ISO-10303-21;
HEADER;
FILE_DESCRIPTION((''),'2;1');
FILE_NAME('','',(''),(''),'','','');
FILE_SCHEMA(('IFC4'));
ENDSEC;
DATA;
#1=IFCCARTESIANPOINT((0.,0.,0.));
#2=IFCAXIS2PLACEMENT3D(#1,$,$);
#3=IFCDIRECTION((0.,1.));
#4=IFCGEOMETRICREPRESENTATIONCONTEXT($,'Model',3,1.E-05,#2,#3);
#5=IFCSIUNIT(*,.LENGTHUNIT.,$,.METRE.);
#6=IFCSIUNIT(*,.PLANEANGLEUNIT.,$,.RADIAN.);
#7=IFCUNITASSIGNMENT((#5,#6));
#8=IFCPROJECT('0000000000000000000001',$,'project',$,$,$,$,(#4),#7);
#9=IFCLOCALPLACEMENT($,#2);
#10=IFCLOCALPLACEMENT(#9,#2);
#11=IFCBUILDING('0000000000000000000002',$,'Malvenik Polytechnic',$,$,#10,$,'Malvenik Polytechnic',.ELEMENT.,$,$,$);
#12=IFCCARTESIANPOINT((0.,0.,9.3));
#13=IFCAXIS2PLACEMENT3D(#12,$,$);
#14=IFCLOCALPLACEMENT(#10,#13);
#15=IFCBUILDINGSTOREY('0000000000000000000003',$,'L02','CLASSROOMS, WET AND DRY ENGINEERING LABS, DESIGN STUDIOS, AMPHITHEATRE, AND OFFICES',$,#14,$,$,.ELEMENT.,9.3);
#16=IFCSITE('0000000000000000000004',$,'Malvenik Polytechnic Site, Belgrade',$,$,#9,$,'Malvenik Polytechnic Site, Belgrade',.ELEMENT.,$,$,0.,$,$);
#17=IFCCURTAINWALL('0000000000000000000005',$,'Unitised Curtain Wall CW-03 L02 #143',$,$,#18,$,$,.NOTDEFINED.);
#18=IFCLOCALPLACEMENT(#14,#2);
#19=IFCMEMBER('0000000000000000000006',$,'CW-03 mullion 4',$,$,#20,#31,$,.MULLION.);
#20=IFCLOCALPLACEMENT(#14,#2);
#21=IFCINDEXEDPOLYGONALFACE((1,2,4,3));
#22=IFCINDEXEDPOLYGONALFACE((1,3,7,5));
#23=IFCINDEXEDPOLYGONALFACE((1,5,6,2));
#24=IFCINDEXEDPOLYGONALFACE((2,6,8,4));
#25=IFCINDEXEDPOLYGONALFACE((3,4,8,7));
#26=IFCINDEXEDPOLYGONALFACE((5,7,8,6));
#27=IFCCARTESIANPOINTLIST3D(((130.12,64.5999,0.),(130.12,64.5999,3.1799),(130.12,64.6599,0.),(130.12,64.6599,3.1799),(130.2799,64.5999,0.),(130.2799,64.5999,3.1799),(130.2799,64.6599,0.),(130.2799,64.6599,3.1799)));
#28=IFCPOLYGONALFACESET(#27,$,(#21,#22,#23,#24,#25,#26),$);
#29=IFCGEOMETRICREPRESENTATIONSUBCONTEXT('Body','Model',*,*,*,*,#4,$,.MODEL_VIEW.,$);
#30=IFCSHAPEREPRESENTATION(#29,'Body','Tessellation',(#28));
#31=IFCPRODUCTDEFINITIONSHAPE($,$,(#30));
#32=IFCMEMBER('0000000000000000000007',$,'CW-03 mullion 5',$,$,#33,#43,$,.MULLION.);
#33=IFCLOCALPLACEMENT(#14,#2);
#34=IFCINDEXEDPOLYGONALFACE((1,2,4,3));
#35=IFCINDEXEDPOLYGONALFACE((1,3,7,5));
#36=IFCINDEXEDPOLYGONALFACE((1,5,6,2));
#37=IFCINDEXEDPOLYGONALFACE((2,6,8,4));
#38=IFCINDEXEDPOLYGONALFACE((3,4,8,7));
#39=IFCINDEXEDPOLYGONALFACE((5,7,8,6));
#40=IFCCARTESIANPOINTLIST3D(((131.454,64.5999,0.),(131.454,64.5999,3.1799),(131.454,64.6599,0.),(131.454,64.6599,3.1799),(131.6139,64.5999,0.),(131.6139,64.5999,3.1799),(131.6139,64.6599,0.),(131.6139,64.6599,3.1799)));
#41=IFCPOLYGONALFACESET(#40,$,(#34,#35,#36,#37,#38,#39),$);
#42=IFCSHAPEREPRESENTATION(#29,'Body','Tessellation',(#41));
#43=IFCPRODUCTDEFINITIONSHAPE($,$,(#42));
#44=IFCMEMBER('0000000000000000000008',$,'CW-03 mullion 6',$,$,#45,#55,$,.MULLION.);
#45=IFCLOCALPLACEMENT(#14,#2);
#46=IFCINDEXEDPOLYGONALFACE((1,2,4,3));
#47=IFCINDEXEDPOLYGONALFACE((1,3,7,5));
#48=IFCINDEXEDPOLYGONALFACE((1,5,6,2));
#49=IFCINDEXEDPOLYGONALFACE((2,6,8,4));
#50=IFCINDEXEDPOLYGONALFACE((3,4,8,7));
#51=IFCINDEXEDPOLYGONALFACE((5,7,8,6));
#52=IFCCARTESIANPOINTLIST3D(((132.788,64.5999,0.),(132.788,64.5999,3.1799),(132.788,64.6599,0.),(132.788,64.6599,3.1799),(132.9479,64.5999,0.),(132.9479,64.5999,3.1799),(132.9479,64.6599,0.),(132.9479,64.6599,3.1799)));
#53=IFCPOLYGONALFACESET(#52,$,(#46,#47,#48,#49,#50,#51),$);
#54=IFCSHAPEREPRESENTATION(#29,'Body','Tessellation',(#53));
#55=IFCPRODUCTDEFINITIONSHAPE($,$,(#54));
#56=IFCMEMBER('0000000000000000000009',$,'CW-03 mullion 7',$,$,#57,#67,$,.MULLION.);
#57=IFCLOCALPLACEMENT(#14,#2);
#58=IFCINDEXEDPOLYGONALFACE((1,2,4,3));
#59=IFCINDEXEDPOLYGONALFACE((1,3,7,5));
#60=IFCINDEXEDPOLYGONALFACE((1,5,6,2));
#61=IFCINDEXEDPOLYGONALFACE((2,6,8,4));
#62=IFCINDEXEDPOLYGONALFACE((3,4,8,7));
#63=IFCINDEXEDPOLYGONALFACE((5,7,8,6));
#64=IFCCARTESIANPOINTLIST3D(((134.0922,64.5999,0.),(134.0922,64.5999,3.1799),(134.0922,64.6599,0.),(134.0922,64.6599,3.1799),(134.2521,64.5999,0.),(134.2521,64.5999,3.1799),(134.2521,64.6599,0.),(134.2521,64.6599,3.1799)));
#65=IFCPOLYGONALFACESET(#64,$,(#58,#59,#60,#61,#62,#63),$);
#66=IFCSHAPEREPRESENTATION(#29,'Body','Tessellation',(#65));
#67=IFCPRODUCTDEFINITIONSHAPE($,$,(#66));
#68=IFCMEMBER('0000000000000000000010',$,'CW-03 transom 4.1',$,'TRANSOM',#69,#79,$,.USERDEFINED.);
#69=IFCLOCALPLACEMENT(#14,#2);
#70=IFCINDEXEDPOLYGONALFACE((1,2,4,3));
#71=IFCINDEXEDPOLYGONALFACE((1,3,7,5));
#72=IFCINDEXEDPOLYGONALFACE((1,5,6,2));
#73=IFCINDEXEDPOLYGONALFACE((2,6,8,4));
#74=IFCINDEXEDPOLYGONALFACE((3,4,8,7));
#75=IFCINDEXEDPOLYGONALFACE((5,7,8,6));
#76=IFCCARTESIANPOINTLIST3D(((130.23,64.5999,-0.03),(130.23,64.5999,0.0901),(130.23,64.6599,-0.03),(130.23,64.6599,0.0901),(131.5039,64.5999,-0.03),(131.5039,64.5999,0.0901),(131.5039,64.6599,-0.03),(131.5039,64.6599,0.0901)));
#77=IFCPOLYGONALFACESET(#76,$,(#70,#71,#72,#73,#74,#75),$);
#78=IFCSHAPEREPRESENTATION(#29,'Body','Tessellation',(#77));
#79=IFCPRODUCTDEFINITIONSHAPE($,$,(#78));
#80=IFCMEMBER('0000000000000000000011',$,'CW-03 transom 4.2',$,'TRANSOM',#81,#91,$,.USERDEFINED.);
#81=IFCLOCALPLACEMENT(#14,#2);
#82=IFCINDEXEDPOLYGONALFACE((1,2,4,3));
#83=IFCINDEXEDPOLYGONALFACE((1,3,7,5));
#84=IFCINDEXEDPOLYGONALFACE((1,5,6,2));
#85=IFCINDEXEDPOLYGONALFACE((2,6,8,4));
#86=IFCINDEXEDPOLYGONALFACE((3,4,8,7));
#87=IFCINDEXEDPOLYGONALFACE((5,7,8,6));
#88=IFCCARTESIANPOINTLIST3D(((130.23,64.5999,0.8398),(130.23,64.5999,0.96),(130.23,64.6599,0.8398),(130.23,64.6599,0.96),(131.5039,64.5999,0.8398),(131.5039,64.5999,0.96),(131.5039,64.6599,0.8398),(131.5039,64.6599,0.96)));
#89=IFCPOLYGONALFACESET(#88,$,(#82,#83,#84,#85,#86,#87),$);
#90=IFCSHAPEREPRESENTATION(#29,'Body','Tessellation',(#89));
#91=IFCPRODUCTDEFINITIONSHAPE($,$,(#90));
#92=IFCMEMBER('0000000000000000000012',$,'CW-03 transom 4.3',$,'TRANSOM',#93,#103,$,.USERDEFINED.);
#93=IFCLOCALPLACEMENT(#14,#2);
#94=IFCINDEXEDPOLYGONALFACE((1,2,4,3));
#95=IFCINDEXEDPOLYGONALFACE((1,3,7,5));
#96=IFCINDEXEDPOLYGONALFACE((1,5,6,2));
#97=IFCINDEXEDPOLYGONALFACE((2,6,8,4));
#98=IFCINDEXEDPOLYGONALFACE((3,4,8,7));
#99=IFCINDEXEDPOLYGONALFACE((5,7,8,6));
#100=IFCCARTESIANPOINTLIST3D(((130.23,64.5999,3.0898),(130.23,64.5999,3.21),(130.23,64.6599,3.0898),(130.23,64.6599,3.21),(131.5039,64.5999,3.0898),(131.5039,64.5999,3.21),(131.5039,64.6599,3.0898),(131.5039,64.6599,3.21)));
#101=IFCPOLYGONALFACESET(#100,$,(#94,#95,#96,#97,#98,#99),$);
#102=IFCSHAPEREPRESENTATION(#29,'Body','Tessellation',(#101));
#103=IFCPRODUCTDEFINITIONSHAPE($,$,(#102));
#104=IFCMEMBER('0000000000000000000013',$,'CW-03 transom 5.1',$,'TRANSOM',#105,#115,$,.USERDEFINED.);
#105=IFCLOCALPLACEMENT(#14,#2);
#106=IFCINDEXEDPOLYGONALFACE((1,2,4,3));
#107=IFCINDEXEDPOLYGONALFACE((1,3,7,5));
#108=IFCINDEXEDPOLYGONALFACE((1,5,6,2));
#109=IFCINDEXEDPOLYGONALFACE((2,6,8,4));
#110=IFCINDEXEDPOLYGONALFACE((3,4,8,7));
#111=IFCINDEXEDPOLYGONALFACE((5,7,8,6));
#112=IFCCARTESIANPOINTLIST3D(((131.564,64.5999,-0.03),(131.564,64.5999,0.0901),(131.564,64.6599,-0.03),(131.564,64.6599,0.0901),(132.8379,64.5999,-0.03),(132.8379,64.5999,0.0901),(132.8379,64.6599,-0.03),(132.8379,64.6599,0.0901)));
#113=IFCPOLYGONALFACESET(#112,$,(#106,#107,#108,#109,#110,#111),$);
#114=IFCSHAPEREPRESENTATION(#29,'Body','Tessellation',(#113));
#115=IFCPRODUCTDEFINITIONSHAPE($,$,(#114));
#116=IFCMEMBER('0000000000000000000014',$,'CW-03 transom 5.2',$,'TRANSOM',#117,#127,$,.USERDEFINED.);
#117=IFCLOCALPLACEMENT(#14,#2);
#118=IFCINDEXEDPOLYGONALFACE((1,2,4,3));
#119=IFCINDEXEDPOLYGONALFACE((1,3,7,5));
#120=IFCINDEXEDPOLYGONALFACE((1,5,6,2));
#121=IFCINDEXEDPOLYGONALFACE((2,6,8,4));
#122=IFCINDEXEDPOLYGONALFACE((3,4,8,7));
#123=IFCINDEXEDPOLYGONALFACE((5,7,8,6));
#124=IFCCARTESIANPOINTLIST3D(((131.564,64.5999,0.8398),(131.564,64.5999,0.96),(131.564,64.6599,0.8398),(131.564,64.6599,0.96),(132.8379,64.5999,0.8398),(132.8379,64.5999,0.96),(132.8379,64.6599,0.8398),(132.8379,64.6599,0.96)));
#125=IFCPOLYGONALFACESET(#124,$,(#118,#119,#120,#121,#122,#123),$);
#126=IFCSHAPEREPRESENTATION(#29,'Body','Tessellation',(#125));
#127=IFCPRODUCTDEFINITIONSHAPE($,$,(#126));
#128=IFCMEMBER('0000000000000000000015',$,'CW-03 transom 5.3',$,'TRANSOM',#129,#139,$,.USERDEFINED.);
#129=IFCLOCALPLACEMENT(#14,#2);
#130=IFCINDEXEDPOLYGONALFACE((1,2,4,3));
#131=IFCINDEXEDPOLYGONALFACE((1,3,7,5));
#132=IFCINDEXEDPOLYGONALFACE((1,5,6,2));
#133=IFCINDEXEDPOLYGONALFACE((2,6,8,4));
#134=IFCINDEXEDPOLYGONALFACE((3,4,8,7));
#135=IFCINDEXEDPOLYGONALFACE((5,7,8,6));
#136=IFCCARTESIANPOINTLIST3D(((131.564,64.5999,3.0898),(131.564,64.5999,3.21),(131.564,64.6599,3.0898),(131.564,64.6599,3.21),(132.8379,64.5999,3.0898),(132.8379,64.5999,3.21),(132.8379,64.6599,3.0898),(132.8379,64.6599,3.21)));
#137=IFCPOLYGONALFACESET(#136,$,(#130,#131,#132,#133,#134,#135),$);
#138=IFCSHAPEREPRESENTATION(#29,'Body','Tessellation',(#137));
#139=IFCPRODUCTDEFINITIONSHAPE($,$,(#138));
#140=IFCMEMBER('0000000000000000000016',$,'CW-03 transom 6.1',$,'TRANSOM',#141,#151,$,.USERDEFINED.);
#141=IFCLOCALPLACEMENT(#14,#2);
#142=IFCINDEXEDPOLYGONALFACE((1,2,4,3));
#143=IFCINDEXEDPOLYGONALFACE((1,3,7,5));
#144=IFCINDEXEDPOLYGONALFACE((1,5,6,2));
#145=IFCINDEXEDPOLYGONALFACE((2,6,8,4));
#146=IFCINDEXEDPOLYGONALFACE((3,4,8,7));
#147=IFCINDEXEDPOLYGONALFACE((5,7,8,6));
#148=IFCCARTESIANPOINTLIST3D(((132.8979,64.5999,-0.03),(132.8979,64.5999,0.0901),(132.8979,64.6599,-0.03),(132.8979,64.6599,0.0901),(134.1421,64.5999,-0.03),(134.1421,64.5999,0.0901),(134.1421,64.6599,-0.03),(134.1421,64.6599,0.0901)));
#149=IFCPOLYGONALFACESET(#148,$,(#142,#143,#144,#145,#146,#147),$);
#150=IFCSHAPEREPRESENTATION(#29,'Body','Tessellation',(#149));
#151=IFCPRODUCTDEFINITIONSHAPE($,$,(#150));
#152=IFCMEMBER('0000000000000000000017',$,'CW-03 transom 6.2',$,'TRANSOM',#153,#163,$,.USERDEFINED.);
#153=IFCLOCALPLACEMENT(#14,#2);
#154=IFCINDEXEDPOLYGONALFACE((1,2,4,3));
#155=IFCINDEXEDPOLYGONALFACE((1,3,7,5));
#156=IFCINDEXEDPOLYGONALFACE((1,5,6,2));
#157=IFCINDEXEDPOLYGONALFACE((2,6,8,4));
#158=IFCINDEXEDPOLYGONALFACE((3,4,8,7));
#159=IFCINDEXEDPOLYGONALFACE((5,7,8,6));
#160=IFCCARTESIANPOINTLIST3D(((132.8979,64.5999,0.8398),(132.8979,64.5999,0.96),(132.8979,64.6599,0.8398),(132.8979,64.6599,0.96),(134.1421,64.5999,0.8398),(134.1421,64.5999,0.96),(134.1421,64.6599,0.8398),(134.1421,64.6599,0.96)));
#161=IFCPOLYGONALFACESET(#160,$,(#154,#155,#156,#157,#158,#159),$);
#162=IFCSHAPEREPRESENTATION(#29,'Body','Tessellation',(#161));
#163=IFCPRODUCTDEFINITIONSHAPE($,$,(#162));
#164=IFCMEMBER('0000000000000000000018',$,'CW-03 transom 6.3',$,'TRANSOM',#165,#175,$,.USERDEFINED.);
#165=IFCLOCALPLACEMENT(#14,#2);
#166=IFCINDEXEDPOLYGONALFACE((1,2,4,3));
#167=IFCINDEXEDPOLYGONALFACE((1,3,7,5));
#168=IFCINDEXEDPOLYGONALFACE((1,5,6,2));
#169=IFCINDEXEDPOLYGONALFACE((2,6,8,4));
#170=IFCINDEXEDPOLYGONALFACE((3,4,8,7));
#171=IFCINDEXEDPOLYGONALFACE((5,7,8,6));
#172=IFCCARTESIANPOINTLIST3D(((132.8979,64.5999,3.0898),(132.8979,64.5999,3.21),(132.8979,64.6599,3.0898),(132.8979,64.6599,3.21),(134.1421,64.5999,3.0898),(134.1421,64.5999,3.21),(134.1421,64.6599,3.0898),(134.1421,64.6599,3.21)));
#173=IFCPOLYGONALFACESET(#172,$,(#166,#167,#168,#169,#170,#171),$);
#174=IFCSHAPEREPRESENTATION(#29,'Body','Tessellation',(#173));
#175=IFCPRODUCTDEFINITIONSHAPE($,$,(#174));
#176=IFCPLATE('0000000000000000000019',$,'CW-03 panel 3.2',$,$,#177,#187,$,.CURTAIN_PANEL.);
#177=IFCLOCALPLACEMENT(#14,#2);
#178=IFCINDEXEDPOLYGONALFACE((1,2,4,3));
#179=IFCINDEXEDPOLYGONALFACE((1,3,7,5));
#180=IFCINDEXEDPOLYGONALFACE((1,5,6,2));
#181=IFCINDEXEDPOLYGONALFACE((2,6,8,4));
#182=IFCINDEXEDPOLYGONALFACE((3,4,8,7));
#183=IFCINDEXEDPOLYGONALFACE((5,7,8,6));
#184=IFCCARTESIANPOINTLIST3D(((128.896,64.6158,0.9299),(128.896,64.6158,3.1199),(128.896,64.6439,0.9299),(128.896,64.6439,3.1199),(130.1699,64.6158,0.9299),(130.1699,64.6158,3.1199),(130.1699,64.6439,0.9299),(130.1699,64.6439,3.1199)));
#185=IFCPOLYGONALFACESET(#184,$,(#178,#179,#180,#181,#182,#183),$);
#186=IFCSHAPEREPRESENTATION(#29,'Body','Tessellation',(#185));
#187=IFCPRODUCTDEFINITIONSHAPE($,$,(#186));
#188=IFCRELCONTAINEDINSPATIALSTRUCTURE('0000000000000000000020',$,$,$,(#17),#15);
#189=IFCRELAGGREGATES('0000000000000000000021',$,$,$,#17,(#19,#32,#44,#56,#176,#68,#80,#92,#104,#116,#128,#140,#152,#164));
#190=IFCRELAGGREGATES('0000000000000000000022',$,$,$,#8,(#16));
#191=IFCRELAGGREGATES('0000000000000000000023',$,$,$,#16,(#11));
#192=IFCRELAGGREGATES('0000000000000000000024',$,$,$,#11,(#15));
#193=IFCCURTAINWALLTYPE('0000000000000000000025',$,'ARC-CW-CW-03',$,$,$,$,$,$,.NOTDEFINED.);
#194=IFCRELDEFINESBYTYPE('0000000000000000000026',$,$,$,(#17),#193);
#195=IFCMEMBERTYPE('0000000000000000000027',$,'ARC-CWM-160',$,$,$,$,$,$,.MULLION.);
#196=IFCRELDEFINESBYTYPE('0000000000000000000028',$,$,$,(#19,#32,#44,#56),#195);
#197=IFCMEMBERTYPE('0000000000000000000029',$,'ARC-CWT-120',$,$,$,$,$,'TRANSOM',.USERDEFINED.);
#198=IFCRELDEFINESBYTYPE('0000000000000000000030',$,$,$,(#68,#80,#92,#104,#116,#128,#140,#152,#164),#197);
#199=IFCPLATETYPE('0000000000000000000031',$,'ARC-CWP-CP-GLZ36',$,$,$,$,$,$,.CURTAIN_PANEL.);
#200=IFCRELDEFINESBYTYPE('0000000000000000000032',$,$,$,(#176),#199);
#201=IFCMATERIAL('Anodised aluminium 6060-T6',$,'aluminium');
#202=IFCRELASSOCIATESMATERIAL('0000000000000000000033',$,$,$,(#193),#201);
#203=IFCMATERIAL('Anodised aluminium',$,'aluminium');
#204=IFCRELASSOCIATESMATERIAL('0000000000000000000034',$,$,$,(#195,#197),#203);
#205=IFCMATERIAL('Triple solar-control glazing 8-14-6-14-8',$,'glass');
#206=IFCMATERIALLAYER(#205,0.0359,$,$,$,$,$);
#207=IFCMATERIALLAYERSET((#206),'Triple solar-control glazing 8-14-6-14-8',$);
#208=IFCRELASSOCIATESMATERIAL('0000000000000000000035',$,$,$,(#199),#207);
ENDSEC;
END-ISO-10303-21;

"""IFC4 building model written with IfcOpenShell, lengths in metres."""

from ifc_helpers import new_model, si_unit, direction, frame, origin, origin_2d, place, context, subcontext, project, spatial, rectangle, extrude, material, layer, layer_set, material_profile, profile_set, type_object, element, aggregate, save


model = new_model("IFC4")

# Units and contexts
model_context = context("Model", 3, precision=1e-05, world=origin(), true_north=direction((0.0, 1.0)))
body_context = subcontext(model_context, "Body", "Model", "MODEL_VIEW")
ifc_project = project(units=[si_unit("LENGTHUNIT", "METRE"), si_unit("PLANEANGLEUNIT", "RADIAN")], contexts=[model_context])

# Site, building, storey
site_placement = place(None, origin())
site = spatial("IfcSite", under=ifc_project, at=site_placement, Name="Malvenik Polytechnic Site, Belgrade", LongName="Malvenik Polytechnic Site, Belgrade", CompositionType="ELEMENT", RefElevation=0.0)
building_placement = place(site_placement, origin())
building = spatial("IfcBuilding", under=site, at=building_placement, Name="Malvenik Polytechnic", LongName="Malvenik Polytechnic", CompositionType="ELEMENT")
storey_placement = place(building_placement, frame((0.0, 0.0, 9.3)))
storey = spatial("IfcBuildingStorey", under=building, at=storey_placement, Name="L02", Description="CLASSROOMS, WET AND DRY ENGINEERING LABS, DESIGN STUDIOS, AMPHITHEATRE, AND OFFICES", CompositionType="ELEMENT", Elevation=9.3)

# Curtain wall, members, plate
ifc_material_1 = material(Name="Anodised aluminium 6060-T6", Category="aluminium")
curtain_wall_type = type_object("IfcCurtainWallType", Name="ARC-CW-CW-03", PredefinedType="NOTDEFINED", material=ifc_material_1)
curtain_wall_placement = place(storey_placement, origin())
curtain_wall = element("IfcCurtainWall", 1, at=curtain_wall_placement, inside=storey, type_object=curtain_wall_type, Name="Unitised Curtain Wall CW-03 L02 #143", PredefinedType="NOTDEFINED")
ifc_material_2 = material(Name="Anodised aluminium", Category="aluminium")
ifc_material_profile_1 = material_profile(ifc_material_2, rectangle(XDim=0.0601, YDim=0.1599, at=origin_2d()), Name="ALU MULLION 60x160")
ifc_profile_set_1 = profile_set([ifc_material_profile_1], Name="Anodised aluminium")
member_type_1 = type_object("IfcMemberType", Name="ARC-CWM-160", PredefinedType="MULLION", material=ifc_profile_set_1)
member_1_placement = place(storey_placement, frame((130.2, 64.6299, 0.0), z_axis=(0.0, 0.0, 1.0), x_axis=(0.0, 1.0, 0.0)))
member_1 = element("IfcMember", 2, at=member_1_placement, type_object=member_type_1, Name="CW-03 mullion 4", PredefinedType="MULLION", context=body_context, shape_type="SweptSolid", body=[
    extrude(rectangle(XDim=0.0601, YDim=0.1599, at=origin_2d()), origin(), (0.0, 0.0, 1.0), 3.1799),
])
member_2_placement = place(storey_placement, frame((131.5339, 64.6299, 0.0), z_axis=(0.0, 0.0, 1.0), x_axis=(0.0, 1.0, 0.0)))
member_2 = element("IfcMember", 3, at=member_2_placement, type_object=member_type_1, Name="CW-03 mullion 5", PredefinedType="MULLION", context=body_context, shape_type="SweptSolid", body=[
    extrude(rectangle(XDim=0.0601, YDim=0.1599, at=origin_2d()), origin(), (0.0, 0.0, 1.0), 3.1799),
])
member_3_placement = place(storey_placement, frame((132.8679, 64.6299, 0.0), z_axis=(0.0, 0.0, 1.0), x_axis=(0.0, 1.0, 0.0)))
member_3 = element("IfcMember", 4, at=member_3_placement, type_object=member_type_1, Name="CW-03 mullion 6", PredefinedType="MULLION", context=body_context, shape_type="SweptSolid", body=[
    extrude(rectangle(XDim=0.0601, YDim=0.1599, at=origin_2d()), origin(), (0.0, 0.0, 1.0), 3.1799),
])
member_4_placement = place(storey_placement, frame((134.1721, 64.6299, 0.0), z_axis=(0.0, 0.0, 1.0), x_axis=(0.0, 1.0, 0.0)))
member_4 = element("IfcMember", 5, at=member_4_placement, type_object=member_type_1, Name="CW-03 mullion 7", PredefinedType="MULLION", context=body_context, shape_type="SweptSolid", body=[
    extrude(rectangle(XDim=0.0601, YDim=0.1599, at=origin_2d()), origin(), (0.0, 0.0, 1.0), 3.1799),
])
ifc_material_profile_2 = material_profile(ifc_material_2, rectangle(XDim=0.0601, YDim=0.1201, at=origin_2d()), Name="ALU TRANSOM 60x120")
ifc_profile_set_2 = profile_set([ifc_material_profile_2], Name="Anodised aluminium")
member_type_2 = type_object("IfcMemberType", Name="ARC-CWT-120", ElementType="TRANSOM", PredefinedType="USERDEFINED", material=ifc_profile_set_2)
member_5_placement = place(storey_placement, frame((130.23, 64.6299, 0.03), z_axis=(1.0, 0.0, 0.0), x_axis=(0.0, 1.0, 0.0)))
member_5 = element("IfcMember", 6, at=member_5_placement, type_object=member_type_2, Name="CW-03 transom 4.1", ObjectType="TRANSOM", PredefinedType="USERDEFINED", context=body_context, shape_type="SweptSolid", body=[
    extrude(rectangle(XDim=0.0601, YDim=0.1201, at=origin_2d()), origin(), (0.0, 0.0, 1.0), 1.2739),
])
member_6_placement = place(storey_placement, frame((130.23, 64.6299, 0.8999), z_axis=(1.0, 0.0, 0.0), x_axis=(0.0, 1.0, 0.0)))
member_6 = element("IfcMember", 7, at=member_6_placement, type_object=member_type_2, Name="CW-03 transom 4.2", ObjectType="TRANSOM", PredefinedType="USERDEFINED", context=body_context, shape_type="SweptSolid", body=[
    extrude(rectangle(XDim=0.0601, YDim=0.1201, at=origin_2d()), origin(), (0.0, 0.0, 1.0), 1.2739),
])
member_7_placement = place(storey_placement, frame((130.23, 64.6299, 3.1499), z_axis=(1.0, 0.0, 0.0), x_axis=(0.0, 1.0, 0.0)))
member_7 = element("IfcMember", 8, at=member_7_placement, type_object=member_type_2, Name="CW-03 transom 4.3", ObjectType="TRANSOM", PredefinedType="USERDEFINED", context=body_context, shape_type="SweptSolid", body=[
    extrude(rectangle(XDim=0.0601, YDim=0.1201, at=origin_2d()), origin(), (0.0, 0.0, 1.0), 1.2739),
])
member_8_placement = place(storey_placement, frame((131.564, 64.6299, 0.03), z_axis=(1.0, 0.0, 0.0), x_axis=(0.0, 1.0, 0.0)))
member_8 = element("IfcMember", 9, at=member_8_placement, type_object=member_type_2, Name="CW-03 transom 5.1", ObjectType="TRANSOM", PredefinedType="USERDEFINED", context=body_context, shape_type="SweptSolid", body=[
    extrude(rectangle(XDim=0.0601, YDim=0.1201, at=origin_2d()), origin(), (0.0, 0.0, 1.0), 1.2739),
])
member_9_placement = place(storey_placement, frame((131.564, 64.6299, 0.8999), z_axis=(1.0, 0.0, 0.0), x_axis=(0.0, 1.0, 0.0)))
member_9 = element("IfcMember", 10, at=member_9_placement, type_object=member_type_2, Name="CW-03 transom 5.2", ObjectType="TRANSOM", PredefinedType="USERDEFINED", context=body_context, shape_type="SweptSolid", body=[
    extrude(rectangle(XDim=0.0601, YDim=0.1201, at=origin_2d()), origin(), (0.0, 0.0, 1.0), 1.2739),
])
member_10_placement = place(storey_placement, frame((131.564, 64.6299, 3.1499), z_axis=(1.0, 0.0, 0.0), x_axis=(0.0, 1.0, 0.0)))
member_10 = element("IfcMember", 11, at=member_10_placement, type_object=member_type_2, Name="CW-03 transom 5.3", ObjectType="TRANSOM", PredefinedType="USERDEFINED", context=body_context, shape_type="SweptSolid", body=[
    extrude(rectangle(XDim=0.0601, YDim=0.1201, at=origin_2d()), origin(), (0.0, 0.0, 1.0), 1.2739),
])
member_11_placement = place(storey_placement, frame((132.8979, 64.6299, 0.03), z_axis=(1.0, 0.0, 0.0), x_axis=(0.0, 1.0, 0.0)))
member_11 = element("IfcMember", 12, at=member_11_placement, type_object=member_type_2, Name="CW-03 transom 6.1", ObjectType="TRANSOM", PredefinedType="USERDEFINED", context=body_context, shape_type="SweptSolid", body=[
    extrude(rectangle(XDim=0.0601, YDim=0.1201, at=origin_2d()), origin(), (0.0, 0.0, 1.0), 1.2441),
])
member_12_placement = place(storey_placement, frame((132.8979, 64.6299, 0.8999), z_axis=(1.0, 0.0, 0.0), x_axis=(0.0, 1.0, 0.0)))
member_12 = element("IfcMember", 13, at=member_12_placement, type_object=member_type_2, Name="CW-03 transom 6.2", ObjectType="TRANSOM", PredefinedType="USERDEFINED", context=body_context, shape_type="SweptSolid", body=[
    extrude(rectangle(XDim=0.0601, YDim=0.1201, at=origin_2d()), origin(), (0.0, 0.0, 1.0), 1.2441),
])
member_13_placement = place(storey_placement, frame((132.8979, 64.6299, 3.1499), z_axis=(1.0, 0.0, 0.0), x_axis=(0.0, 1.0, 0.0)))
member_13 = element("IfcMember", 14, at=member_13_placement, type_object=member_type_2, Name="CW-03 transom 6.3", ObjectType="TRANSOM", PredefinedType="USERDEFINED", context=body_context, shape_type="SweptSolid", body=[
    extrude(rectangle(XDim=0.0601, YDim=0.1201, at=origin_2d()), origin(), (0.0, 0.0, 1.0), 1.2441),
])
ifc_material_3 = material(Name="Triple solar-control glazing 8-14-6-14-8", Category="glass")
ifc_layer_1 = layer(ifc_material_3, 0.0359)
ifc_layer_set_1 = layer_set([ifc_layer_1], Name="Triple solar-control glazing 8-14-6-14-8")
plate_type_1 = type_object("IfcPlateType", Name="ARC-CWP-CP-GLZ36", PredefinedType="CURTAIN_PANEL", material=ifc_layer_set_1)
plate_1_placement = place(storey_placement, frame((129.533, 64.6299, 0.9299), z_axis=(0.0, 0.0, 1.0), x_axis=(1.0, 0.0, 0.0)))
plate_1 = element("IfcPlate", 15, at=plate_1_placement, type_object=plate_type_1, Name="CW-03 panel 3.2", PredefinedType="CURTAIN_PANEL", context=body_context, shape_type="SweptSolid", body=[
    extrude(rectangle(XDim=1.2739, YDim=0.0281, at=origin_2d()), origin(), (0.0, 0.0, 1.0), 2.1899),
])
aggregate(curtain_wall, [member_1, member_2, member_3, member_4, plate_1, member_5, member_6, member_7, member_8, member_9, member_10, member_11, member_12, member_13])

save(model, "model.ifc")
